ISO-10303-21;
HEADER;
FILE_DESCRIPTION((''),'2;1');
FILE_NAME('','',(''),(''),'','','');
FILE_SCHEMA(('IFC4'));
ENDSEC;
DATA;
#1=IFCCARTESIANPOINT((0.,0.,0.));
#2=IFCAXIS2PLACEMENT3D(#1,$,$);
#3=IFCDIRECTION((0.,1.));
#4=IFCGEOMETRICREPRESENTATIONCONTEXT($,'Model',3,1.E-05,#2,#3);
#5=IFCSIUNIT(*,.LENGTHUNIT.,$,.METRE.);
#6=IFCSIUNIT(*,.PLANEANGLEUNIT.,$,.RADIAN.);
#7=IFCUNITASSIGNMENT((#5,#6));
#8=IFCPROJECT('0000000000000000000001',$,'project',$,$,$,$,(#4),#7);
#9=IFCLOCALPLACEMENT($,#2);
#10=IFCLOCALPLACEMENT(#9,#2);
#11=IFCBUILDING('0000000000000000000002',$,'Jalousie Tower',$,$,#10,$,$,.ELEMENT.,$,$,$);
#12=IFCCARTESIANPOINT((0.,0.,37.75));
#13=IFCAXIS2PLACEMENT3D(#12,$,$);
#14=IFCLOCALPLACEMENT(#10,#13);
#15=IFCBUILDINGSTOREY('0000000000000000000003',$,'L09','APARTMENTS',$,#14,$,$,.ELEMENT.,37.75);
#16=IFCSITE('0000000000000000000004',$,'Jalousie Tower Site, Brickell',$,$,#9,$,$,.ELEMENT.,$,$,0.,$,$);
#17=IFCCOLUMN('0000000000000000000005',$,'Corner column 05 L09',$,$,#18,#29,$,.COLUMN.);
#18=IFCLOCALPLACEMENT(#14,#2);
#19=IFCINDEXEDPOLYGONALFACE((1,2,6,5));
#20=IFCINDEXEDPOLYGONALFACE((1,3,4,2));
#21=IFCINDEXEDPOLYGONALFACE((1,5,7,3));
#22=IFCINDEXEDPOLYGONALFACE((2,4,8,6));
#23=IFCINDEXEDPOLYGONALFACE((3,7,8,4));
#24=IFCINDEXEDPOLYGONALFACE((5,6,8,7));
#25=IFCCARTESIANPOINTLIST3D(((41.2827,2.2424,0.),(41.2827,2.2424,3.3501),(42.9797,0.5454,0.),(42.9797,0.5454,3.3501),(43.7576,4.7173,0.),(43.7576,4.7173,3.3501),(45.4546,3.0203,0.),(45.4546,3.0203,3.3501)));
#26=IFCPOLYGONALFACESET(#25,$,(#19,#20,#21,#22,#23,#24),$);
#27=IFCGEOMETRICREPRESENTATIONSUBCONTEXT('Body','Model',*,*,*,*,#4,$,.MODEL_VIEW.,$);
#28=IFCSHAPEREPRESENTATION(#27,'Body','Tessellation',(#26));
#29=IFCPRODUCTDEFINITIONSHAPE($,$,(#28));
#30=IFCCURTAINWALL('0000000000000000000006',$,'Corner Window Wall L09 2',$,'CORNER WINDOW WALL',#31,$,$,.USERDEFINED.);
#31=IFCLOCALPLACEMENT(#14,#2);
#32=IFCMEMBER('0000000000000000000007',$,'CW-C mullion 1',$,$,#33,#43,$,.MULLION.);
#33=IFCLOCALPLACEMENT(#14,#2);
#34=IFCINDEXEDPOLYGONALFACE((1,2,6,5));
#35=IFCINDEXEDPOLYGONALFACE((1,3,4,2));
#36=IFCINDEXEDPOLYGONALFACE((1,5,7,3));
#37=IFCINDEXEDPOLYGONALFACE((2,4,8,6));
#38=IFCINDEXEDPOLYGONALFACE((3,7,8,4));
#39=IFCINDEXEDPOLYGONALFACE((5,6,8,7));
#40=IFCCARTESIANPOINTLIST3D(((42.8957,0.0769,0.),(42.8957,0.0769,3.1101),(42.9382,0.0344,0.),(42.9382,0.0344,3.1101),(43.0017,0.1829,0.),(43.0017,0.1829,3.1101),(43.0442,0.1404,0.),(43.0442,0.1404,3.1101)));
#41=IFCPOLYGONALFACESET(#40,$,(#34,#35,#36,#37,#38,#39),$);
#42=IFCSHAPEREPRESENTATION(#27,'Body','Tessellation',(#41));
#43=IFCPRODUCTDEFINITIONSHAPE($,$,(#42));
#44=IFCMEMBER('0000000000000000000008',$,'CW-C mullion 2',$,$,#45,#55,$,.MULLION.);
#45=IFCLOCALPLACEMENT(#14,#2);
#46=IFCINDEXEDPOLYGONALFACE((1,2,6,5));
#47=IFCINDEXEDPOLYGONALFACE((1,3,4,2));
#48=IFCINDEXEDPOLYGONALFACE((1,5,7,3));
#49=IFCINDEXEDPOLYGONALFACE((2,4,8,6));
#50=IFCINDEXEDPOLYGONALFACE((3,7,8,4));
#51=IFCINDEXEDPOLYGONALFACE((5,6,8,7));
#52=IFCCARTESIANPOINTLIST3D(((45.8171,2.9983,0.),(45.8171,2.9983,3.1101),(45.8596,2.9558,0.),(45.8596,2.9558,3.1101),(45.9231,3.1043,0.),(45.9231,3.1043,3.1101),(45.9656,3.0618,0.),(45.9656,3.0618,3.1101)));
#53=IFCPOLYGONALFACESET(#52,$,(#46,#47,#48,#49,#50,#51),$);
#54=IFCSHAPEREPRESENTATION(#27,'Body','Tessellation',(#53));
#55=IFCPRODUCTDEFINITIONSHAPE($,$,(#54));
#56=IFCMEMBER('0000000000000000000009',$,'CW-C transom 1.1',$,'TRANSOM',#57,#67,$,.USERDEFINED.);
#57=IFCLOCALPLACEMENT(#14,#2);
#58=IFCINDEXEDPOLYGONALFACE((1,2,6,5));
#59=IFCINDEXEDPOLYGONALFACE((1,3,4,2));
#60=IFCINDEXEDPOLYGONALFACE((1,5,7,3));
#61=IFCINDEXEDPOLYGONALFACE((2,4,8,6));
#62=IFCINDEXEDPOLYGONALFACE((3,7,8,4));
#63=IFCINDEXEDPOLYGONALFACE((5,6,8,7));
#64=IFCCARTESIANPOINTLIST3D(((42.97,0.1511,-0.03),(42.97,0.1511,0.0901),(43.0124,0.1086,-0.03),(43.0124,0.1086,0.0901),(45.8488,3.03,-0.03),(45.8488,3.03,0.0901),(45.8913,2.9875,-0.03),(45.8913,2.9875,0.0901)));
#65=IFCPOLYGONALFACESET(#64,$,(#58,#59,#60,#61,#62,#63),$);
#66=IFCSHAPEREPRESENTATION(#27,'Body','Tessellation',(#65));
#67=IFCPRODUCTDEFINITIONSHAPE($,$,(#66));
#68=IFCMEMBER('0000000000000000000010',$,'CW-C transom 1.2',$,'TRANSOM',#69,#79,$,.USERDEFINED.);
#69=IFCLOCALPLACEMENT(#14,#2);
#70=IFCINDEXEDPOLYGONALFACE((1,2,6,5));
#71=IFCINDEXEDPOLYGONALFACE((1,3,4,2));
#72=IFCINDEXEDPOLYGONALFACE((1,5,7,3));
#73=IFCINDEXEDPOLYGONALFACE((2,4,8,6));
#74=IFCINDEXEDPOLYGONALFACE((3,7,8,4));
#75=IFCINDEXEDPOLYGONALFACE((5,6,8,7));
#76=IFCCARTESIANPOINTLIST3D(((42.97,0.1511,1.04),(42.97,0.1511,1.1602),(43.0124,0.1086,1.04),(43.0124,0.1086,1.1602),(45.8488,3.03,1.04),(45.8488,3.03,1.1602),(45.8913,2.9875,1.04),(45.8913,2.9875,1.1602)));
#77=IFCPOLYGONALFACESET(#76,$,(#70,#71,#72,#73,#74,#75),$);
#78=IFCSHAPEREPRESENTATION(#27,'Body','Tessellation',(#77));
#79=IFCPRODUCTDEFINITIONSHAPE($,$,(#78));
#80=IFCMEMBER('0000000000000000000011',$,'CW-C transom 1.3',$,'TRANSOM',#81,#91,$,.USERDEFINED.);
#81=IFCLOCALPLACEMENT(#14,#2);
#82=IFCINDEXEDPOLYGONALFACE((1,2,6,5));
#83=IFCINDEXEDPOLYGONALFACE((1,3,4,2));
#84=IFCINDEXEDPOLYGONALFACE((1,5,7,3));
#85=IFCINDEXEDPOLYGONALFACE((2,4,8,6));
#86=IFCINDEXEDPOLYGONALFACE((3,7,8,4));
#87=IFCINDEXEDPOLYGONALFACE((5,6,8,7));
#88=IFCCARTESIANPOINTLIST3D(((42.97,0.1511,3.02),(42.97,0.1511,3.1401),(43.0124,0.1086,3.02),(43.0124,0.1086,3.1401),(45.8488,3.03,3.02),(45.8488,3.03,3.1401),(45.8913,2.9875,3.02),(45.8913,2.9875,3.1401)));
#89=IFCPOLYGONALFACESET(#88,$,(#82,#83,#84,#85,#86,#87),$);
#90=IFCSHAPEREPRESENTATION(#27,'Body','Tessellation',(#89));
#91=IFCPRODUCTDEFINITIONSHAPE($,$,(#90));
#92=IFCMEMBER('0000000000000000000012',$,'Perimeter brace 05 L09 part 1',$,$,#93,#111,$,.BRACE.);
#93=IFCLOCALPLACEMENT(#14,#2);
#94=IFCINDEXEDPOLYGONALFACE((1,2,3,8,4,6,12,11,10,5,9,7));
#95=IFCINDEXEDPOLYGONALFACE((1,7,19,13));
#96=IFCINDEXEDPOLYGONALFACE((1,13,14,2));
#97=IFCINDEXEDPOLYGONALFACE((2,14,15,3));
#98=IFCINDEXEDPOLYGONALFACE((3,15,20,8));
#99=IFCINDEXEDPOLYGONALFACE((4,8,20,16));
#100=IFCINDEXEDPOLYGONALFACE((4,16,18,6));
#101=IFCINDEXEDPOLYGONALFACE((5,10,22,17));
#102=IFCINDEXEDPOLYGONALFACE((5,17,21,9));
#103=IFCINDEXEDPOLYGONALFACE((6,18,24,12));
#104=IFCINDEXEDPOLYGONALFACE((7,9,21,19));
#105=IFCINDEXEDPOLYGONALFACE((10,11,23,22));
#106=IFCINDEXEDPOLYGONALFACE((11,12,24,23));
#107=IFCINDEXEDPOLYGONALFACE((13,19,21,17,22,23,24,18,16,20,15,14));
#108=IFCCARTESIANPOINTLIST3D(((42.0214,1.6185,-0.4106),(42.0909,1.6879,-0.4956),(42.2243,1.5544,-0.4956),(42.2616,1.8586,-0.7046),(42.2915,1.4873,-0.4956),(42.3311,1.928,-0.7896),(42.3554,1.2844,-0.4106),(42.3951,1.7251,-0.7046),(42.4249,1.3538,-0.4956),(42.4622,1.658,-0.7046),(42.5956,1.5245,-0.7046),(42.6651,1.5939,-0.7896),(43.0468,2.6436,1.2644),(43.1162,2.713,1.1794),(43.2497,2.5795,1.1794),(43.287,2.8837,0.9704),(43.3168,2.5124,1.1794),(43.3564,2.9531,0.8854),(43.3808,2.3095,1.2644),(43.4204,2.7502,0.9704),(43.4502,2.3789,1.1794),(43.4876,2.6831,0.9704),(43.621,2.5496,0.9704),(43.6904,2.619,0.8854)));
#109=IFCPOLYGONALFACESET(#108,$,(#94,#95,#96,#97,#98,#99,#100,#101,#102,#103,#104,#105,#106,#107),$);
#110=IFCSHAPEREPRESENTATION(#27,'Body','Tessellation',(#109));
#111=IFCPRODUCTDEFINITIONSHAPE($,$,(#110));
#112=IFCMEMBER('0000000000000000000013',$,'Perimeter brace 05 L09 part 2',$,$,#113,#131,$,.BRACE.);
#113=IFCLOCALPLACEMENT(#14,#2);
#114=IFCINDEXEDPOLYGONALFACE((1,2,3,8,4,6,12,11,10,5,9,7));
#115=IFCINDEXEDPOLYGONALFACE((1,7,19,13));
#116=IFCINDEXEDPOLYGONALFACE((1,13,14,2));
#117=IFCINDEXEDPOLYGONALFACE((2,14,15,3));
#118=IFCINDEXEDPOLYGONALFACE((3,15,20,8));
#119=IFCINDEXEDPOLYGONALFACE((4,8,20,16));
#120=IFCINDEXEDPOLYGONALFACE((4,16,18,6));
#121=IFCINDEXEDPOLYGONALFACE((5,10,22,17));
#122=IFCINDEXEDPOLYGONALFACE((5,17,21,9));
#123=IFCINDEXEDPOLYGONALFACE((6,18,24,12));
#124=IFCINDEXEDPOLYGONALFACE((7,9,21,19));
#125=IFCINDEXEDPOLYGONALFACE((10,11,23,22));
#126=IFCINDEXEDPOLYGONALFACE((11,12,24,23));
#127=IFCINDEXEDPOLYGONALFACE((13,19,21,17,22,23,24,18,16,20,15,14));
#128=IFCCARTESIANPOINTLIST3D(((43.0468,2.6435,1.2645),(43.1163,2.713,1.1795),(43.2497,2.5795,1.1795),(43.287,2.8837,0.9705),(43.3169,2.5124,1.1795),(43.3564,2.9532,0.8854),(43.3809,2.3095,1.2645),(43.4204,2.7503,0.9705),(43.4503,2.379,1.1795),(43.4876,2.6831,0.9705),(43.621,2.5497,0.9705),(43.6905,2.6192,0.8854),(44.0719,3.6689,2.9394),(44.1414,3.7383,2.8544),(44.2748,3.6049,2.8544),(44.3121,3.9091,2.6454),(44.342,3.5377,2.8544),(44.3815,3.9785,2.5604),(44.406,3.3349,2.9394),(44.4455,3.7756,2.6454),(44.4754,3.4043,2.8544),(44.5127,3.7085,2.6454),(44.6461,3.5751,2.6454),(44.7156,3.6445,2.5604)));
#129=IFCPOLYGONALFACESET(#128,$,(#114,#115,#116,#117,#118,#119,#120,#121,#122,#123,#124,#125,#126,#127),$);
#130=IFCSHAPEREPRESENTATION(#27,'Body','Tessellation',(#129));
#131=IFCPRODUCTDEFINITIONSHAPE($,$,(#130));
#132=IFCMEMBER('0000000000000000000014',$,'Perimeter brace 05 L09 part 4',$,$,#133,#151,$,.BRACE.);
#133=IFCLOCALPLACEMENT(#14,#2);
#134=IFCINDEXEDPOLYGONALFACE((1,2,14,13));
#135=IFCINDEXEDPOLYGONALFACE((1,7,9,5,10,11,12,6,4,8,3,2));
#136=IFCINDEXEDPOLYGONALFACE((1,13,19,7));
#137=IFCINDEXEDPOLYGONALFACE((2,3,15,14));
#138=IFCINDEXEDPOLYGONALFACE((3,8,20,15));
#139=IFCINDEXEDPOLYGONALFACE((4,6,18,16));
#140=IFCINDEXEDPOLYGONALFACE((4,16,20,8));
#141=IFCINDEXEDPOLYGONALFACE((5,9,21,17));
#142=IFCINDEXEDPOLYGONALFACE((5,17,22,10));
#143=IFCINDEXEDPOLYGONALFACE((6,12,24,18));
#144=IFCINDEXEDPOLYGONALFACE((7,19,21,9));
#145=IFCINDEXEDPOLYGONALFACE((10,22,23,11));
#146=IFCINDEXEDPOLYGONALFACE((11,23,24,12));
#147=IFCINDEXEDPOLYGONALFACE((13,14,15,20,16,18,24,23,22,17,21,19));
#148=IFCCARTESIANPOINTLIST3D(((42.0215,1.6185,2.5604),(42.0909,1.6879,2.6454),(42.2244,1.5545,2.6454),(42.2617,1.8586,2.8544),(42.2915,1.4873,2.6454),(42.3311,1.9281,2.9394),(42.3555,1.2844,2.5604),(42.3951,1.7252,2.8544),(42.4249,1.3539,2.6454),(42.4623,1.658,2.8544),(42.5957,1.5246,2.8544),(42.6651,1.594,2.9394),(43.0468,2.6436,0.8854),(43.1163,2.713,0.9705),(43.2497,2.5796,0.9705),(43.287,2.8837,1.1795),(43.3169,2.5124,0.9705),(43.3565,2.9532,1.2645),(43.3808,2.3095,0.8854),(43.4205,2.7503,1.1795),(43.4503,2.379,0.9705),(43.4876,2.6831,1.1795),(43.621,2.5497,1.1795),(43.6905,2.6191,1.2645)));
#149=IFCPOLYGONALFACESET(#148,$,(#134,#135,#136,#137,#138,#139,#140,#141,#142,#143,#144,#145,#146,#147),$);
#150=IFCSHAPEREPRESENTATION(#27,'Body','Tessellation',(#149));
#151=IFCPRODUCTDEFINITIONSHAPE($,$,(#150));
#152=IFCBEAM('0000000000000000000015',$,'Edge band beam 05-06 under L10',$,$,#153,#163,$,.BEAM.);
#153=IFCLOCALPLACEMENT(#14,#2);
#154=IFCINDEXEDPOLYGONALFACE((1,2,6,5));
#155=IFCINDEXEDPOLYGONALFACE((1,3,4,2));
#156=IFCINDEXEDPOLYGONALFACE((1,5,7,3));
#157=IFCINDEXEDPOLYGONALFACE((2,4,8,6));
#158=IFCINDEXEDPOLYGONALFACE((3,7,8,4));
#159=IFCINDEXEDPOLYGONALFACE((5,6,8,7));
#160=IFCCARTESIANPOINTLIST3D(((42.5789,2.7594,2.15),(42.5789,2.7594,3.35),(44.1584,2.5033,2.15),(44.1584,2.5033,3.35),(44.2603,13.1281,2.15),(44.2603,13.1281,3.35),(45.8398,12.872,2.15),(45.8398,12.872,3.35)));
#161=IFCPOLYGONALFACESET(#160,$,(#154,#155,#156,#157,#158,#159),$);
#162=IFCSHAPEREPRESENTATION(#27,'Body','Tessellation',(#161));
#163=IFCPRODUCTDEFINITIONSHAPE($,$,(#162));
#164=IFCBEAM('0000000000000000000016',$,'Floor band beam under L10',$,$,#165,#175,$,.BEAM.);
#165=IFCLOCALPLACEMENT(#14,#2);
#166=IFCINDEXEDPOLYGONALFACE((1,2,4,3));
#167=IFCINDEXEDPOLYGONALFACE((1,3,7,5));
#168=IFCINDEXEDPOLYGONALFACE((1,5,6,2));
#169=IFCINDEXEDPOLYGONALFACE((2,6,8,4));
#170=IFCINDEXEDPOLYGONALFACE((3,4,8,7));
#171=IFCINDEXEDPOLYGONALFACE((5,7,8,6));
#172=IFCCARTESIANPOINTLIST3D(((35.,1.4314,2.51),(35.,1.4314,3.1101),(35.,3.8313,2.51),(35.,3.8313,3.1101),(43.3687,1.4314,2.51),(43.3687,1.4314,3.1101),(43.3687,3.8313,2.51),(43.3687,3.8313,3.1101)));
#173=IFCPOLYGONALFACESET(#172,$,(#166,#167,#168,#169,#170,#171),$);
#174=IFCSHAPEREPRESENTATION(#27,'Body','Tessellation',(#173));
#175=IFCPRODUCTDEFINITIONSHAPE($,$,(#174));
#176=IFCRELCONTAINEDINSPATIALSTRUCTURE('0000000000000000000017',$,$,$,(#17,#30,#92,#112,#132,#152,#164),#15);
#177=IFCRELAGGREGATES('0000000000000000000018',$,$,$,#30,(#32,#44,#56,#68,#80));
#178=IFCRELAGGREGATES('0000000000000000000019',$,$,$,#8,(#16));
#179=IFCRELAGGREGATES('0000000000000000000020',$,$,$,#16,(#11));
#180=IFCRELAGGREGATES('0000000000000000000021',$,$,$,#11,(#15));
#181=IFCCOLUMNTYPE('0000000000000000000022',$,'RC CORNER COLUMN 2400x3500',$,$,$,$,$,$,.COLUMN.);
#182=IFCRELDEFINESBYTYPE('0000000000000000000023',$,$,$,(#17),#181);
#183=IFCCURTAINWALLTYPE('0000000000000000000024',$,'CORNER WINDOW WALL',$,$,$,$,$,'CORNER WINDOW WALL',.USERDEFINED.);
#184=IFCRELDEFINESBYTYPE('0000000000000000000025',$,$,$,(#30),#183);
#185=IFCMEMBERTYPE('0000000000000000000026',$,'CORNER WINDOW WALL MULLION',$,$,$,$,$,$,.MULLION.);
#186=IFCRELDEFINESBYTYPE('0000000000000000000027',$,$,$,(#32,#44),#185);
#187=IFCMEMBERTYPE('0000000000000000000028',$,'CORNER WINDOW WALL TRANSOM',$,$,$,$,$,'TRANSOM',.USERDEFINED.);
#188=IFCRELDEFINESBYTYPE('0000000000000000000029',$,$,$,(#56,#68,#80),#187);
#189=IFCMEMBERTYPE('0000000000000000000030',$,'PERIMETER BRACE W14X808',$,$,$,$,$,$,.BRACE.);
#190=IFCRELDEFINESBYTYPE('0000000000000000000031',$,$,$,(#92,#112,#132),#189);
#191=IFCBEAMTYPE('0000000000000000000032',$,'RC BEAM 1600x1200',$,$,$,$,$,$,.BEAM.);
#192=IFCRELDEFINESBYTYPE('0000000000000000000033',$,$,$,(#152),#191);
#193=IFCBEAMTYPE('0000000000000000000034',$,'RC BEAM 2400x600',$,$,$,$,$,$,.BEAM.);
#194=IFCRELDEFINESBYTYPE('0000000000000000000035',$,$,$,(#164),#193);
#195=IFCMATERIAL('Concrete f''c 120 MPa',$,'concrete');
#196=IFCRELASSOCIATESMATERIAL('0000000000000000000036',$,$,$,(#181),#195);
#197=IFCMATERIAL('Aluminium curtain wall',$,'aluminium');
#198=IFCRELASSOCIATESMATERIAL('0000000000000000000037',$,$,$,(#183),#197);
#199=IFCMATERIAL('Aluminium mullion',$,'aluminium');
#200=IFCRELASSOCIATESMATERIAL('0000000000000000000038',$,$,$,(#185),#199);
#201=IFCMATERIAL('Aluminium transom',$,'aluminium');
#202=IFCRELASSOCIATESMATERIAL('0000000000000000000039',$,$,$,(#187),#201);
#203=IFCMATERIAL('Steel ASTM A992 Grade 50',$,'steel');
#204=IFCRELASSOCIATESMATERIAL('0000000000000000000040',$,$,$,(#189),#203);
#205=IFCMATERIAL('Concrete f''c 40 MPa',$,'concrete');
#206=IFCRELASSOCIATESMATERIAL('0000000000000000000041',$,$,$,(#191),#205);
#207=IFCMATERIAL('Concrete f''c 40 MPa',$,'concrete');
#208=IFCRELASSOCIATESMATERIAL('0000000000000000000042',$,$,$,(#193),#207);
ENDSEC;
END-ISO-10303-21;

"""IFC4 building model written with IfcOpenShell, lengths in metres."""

from ifc_helpers import new_model, si_unit, direction, frame, origin, origin_2d, place, context, subcontext, project, spatial, rectangle, i_section, extrude, material, material_profile, profile_set, type_object, element, aggregate, save


model = new_model("IFC4")

# Units and contexts
model_context = context("Model", 3, precision=1e-05, world=origin(), true_north=direction((0.0, 1.0)))
body_context = subcontext(model_context, "Body", "Model", "MODEL_VIEW")
ifc_project = project(units=[si_unit("LENGTHUNIT", "METRE"), si_unit("PLANEANGLEUNIT", "RADIAN")], contexts=[model_context])

# Site, building, storey
site_placement = place(None, origin())
site = spatial("IfcSite", under=ifc_project, at=site_placement, Name="Jalousie Tower Site, Brickell", CompositionType="ELEMENT", RefElevation=0.0)
building_placement = place(site_placement, origin())
building = spatial("IfcBuilding", under=site, at=building_placement, Name="Jalousie Tower", CompositionType="ELEMENT")
storey_placement = place(building_placement, frame((0.0, 0.0, 37.75)))
storey = spatial("IfcBuildingStorey", under=building, at=storey_placement, Name="L09", Description="APARTMENTS", CompositionType="ELEMENT", Elevation=37.75)

# Column
ifc_material_1 = material(Name="Concrete f'c 120 MPa", Category="concrete")
ifc_material_profile_1 = material_profile(ifc_material_1, rectangle(XDim=2.3999, YDim=3.5, at=origin_2d()), Name="RC 2400x3500")
ifc_profile_set_1 = profile_set([ifc_material_profile_1], Name="Concrete f'c 120 MPa")
column_type = type_object("IfcColumnType", Name="RC CORNER COLUMN 2400x3500", PredefinedType="COLUMN", material=ifc_profile_set_1)
column_placement = place(storey_placement, frame((43.3687, 2.6313, 0.0), z_axis=(0.0, 0.0, 1.0), x_axis=(-0.707107, 0.707107, 0.0)))
element("IfcColumn", 1, at=column_placement, inside=storey, type_object=column_type, Name="Corner column 05 L09", PredefinedType="COLUMN", context=body_context, shape_type="SweptSolid", body=[
    extrude(rectangle(XDim=2.3999, YDim=3.5, at=origin_2d()), origin(), (0.0, 0.0, 1.0), 3.3501),
])

# Curtain wall, members
ifc_material_2 = material(Name="Aluminium curtain wall", Category="aluminium")
curtain_wall_type_1 = type_object("IfcCurtainWallType", Name="CORNER WINDOW WALL", ElementType="CORNER WINDOW WALL", PredefinedType="USERDEFINED", material=ifc_material_2)
curtain_wall_1_placement = place(storey_placement, origin())
curtain_wall_1 = element("IfcCurtainWall", 2, at=curtain_wall_1_placement, inside=storey, type_object=curtain_wall_type_1, Name="Corner Window Wall L09 2", ObjectType="CORNER WINDOW WALL", PredefinedType="USERDEFINED")
ifc_material_3 = material(Name="Aluminium mullion", Category="aluminium")
ifc_material_profile_2 = material_profile(ifc_material_3, rectangle(XDim=0.0601, YDim=0.1499, at=origin_2d()), Name="MULLION 60x150")
ifc_profile_set_2 = profile_set([ifc_material_profile_2], Name="Aluminium mullion")
member_type_1 = type_object("IfcMemberType", Name="CORNER WINDOW WALL MULLION", PredefinedType="MULLION", material=ifc_profile_set_2)
member_1_placement = place(storey_placement, frame((42.97, 0.1086, 0.0), z_axis=(0.0, 0.0, 1.0), x_axis=(-0.707107, 0.707107, 0.0)))
member_1 = element("IfcMember", 3, at=member_1_placement, type_object=member_type_1, Name="CW-C mullion 1", PredefinedType="MULLION", context=body_context, shape_type="SweptSolid", body=[
    extrude(rectangle(XDim=0.0601, YDim=0.1499, at=origin_2d()), origin(), (0.0, 0.0, 1.0), 3.1101),
])
member_2_placement = place(storey_placement, frame((45.8914, 3.03, 0.0), z_axis=(0.0, 0.0, 1.0), x_axis=(-0.707107, 0.707107, 0.0)))
member_2 = element("IfcMember", 4, at=member_2_placement, type_object=member_type_1, Name="CW-C mullion 2", PredefinedType="MULLION", context=body_context, shape_type="SweptSolid", body=[
    extrude(rectangle(XDim=0.0601, YDim=0.1499, at=origin_2d()), origin(), (0.0, 0.0, 1.0), 3.1101),
])
ifc_material_4 = material(Name="Aluminium transom", Category="aluminium")
ifc_material_profile_3 = material_profile(ifc_material_4, rectangle(XDim=0.0601, YDim=0.1201, at=origin_2d()), Name="TRANSOM 60x120")
ifc_profile_set_3 = profile_set([ifc_material_profile_3], Name="Aluminium transom")
member_type_2 = type_object("IfcMemberType", Name="CORNER WINDOW WALL TRANSOM", ElementType="TRANSOM", PredefinedType="USERDEFINED", material=ifc_profile_set_3)
member_3_placement = place(storey_placement, frame((42.9912, 0.1299, 0.03), z_axis=(0.707107, 0.707107, 0.0), x_axis=(-0.707107, 0.707107, 0.0)))
member_3 = element("IfcMember", 5, at=member_3_placement, type_object=member_type_2, Name="CW-C transom 1.1", ObjectType="TRANSOM", PredefinedType="USERDEFINED", context=body_context, shape_type="SweptSolid", body=[
    extrude(rectangle(XDim=0.0601, YDim=0.1201, at=origin_2d()), origin(), (0.0, 0.0, 1.0), 4.0713),
])
member_4_placement = place(storey_placement, frame((42.9912, 0.1299, 1.1001), z_axis=(0.707107, 0.707107, 0.0), x_axis=(-0.707107, 0.707107, 0.0)))
member_4 = element("IfcMember", 6, at=member_4_placement, type_object=member_type_2, Name="CW-C transom 1.2", ObjectType="TRANSOM", PredefinedType="USERDEFINED", context=body_context, shape_type="SweptSolid", body=[
    extrude(rectangle(XDim=0.0601, YDim=0.1201, at=origin_2d()), origin(), (0.0, 0.0, 1.0), 4.0713),
])
member_5_placement = place(storey_placement, frame((42.9912, 0.1299, 3.0801), z_axis=(0.707107, 0.707107, 0.0), x_axis=(-0.707107, 0.707107, 0.0)))
member_5 = element("IfcMember", 7, at=member_5_placement, type_object=member_type_2, Name="CW-C transom 1.3", ObjectType="TRANSOM", PredefinedType="USERDEFINED", context=body_context, shape_type="SweptSolid", body=[
    extrude(rectangle(XDim=0.0601, YDim=0.1201, at=origin_2d()), origin(), (0.0, 0.0, 1.0), 4.0713),
])

# Members
ifc_material_5 = material(Name="Steel ASTM A992 Grade 50", Category="steel")
ifc_material_profile_4 = material_profile(ifc_material_5, i_section(OverallWidth=0.4724, OverallDepth=0.5791, WebThickness=0.095, FlangeThickness=0.1299, at=origin_2d()), Name="W14X808")
ifc_profile_set_4 = profile_set([ifc_material_profile_4], Name="Steel ASTM A992 Grade 50")
member_type_3 = type_object("IfcMemberType", Name="PERIMETER BRACE W14X808", PredefinedType="BRACE", material=ifc_profile_set_4)
for number, where, z_axis, x_axis, name in (
    (8, (42.3433, 1.6062, -0.6001), (0.46284, 0.46273, 0.756082), (-0.707023, 0.707191, 0.0), "Perimeter brace 05 L09 part 1"),
    (9, (43.3687, 2.6313, 1.075), (0.46273, 0.46284, 0.756082), (-0.707191, 0.707023, 0.0), "Perimeter brace 05 L09 part 2"),
    (10, (43.3687, 2.6313, 1.075), (-0.46284, -0.46273, 0.756082), (0.707023, -0.707191, 0.0), "Perimeter brace 05 L09 part 4"),
):
    element("IfcMember", number, at=place(storey_placement, frame(where, z_axis=z_axis, x_axis=x_axis)), inside=storey, type_object=member_type_3, Name=name, PredefinedType="BRACE", context=body_context, shape_type="SweptSolid", body=[
        extrude(i_section(OverallWidth=0.4724, OverallDepth=0.5791, WebThickness=0.095, FlangeThickness=0.1299, at=origin_2d()), origin(), (0.0, 0.0, 1.0), 2.2153),
    ])

# Beams
ifc_material_6 = material(Name="Concrete f'c 40 MPa", Category="concrete")
ifc_material_profile_5 = material_profile(ifc_material_6, rectangle(XDim=1.6001, YDim=1.2, at=origin_2d()), Name="RC 1600x1200")
ifc_profile_set_5 = profile_set([ifc_material_profile_5], Name="Concrete f'c 40 MPa")
beam_type_1 = type_object("IfcBeamType", Name="RC BEAM 1600x1200", PredefinedType="BEAM", material=ifc_profile_set_5)
beam_1_placement = place(storey_placement, frame((43.3687, 2.6313, 2.75), z_axis=(0.160071, 0.987106, 0.0), x_axis=(-0.987106, 0.160071, 0.0)))
element("IfcBeam", 11, at=beam_1_placement, inside=storey, type_object=beam_type_1, Name="Edge band beam 05-06 under L10", PredefinedType="BEAM", context=body_context, shape_type="SweptSolid", body=[
    extrude(rectangle(XDim=1.6001, YDim=1.2, at=origin_2d()), origin(), (0.0, 0.0, 1.0), 10.5042),
])
ifc_material_7 = material(Name="Concrete f'c 40 MPa", Category="concrete")
ifc_material_profile_6 = material_profile(ifc_material_7, rectangle(XDim=2.3999, YDim=0.6001, at=origin_2d()), Name="RC 2400x600")
ifc_profile_set_6 = profile_set([ifc_material_profile_6], Name="Concrete f'c 40 MPa")
beam_type_2 = type_object("IfcBeamType", Name="RC BEAM 2400x600", PredefinedType="BEAM", material=ifc_profile_set_6)
beam_2_placement = place(storey_placement, frame((43.3687, 2.6313, 2.8101), z_axis=(-1.0, 0.0, 0.0), x_axis=(0.0, -1.0, 0.0)))
element("IfcBeam", 12, at=beam_2_placement, inside=storey, type_object=beam_type_2, Name="Floor band beam under L10", PredefinedType="BEAM", context=body_context, shape_type="SweptSolid", body=[
    extrude(rectangle(XDim=2.3999, YDim=0.6001, at=origin_2d()), origin(), (0.0, 0.0, 1.0), 8.3687),
])

aggregate(curtain_wall_1, [member_1, member_2, member_3, member_4, member_5])

save(model, "model.ifc")
